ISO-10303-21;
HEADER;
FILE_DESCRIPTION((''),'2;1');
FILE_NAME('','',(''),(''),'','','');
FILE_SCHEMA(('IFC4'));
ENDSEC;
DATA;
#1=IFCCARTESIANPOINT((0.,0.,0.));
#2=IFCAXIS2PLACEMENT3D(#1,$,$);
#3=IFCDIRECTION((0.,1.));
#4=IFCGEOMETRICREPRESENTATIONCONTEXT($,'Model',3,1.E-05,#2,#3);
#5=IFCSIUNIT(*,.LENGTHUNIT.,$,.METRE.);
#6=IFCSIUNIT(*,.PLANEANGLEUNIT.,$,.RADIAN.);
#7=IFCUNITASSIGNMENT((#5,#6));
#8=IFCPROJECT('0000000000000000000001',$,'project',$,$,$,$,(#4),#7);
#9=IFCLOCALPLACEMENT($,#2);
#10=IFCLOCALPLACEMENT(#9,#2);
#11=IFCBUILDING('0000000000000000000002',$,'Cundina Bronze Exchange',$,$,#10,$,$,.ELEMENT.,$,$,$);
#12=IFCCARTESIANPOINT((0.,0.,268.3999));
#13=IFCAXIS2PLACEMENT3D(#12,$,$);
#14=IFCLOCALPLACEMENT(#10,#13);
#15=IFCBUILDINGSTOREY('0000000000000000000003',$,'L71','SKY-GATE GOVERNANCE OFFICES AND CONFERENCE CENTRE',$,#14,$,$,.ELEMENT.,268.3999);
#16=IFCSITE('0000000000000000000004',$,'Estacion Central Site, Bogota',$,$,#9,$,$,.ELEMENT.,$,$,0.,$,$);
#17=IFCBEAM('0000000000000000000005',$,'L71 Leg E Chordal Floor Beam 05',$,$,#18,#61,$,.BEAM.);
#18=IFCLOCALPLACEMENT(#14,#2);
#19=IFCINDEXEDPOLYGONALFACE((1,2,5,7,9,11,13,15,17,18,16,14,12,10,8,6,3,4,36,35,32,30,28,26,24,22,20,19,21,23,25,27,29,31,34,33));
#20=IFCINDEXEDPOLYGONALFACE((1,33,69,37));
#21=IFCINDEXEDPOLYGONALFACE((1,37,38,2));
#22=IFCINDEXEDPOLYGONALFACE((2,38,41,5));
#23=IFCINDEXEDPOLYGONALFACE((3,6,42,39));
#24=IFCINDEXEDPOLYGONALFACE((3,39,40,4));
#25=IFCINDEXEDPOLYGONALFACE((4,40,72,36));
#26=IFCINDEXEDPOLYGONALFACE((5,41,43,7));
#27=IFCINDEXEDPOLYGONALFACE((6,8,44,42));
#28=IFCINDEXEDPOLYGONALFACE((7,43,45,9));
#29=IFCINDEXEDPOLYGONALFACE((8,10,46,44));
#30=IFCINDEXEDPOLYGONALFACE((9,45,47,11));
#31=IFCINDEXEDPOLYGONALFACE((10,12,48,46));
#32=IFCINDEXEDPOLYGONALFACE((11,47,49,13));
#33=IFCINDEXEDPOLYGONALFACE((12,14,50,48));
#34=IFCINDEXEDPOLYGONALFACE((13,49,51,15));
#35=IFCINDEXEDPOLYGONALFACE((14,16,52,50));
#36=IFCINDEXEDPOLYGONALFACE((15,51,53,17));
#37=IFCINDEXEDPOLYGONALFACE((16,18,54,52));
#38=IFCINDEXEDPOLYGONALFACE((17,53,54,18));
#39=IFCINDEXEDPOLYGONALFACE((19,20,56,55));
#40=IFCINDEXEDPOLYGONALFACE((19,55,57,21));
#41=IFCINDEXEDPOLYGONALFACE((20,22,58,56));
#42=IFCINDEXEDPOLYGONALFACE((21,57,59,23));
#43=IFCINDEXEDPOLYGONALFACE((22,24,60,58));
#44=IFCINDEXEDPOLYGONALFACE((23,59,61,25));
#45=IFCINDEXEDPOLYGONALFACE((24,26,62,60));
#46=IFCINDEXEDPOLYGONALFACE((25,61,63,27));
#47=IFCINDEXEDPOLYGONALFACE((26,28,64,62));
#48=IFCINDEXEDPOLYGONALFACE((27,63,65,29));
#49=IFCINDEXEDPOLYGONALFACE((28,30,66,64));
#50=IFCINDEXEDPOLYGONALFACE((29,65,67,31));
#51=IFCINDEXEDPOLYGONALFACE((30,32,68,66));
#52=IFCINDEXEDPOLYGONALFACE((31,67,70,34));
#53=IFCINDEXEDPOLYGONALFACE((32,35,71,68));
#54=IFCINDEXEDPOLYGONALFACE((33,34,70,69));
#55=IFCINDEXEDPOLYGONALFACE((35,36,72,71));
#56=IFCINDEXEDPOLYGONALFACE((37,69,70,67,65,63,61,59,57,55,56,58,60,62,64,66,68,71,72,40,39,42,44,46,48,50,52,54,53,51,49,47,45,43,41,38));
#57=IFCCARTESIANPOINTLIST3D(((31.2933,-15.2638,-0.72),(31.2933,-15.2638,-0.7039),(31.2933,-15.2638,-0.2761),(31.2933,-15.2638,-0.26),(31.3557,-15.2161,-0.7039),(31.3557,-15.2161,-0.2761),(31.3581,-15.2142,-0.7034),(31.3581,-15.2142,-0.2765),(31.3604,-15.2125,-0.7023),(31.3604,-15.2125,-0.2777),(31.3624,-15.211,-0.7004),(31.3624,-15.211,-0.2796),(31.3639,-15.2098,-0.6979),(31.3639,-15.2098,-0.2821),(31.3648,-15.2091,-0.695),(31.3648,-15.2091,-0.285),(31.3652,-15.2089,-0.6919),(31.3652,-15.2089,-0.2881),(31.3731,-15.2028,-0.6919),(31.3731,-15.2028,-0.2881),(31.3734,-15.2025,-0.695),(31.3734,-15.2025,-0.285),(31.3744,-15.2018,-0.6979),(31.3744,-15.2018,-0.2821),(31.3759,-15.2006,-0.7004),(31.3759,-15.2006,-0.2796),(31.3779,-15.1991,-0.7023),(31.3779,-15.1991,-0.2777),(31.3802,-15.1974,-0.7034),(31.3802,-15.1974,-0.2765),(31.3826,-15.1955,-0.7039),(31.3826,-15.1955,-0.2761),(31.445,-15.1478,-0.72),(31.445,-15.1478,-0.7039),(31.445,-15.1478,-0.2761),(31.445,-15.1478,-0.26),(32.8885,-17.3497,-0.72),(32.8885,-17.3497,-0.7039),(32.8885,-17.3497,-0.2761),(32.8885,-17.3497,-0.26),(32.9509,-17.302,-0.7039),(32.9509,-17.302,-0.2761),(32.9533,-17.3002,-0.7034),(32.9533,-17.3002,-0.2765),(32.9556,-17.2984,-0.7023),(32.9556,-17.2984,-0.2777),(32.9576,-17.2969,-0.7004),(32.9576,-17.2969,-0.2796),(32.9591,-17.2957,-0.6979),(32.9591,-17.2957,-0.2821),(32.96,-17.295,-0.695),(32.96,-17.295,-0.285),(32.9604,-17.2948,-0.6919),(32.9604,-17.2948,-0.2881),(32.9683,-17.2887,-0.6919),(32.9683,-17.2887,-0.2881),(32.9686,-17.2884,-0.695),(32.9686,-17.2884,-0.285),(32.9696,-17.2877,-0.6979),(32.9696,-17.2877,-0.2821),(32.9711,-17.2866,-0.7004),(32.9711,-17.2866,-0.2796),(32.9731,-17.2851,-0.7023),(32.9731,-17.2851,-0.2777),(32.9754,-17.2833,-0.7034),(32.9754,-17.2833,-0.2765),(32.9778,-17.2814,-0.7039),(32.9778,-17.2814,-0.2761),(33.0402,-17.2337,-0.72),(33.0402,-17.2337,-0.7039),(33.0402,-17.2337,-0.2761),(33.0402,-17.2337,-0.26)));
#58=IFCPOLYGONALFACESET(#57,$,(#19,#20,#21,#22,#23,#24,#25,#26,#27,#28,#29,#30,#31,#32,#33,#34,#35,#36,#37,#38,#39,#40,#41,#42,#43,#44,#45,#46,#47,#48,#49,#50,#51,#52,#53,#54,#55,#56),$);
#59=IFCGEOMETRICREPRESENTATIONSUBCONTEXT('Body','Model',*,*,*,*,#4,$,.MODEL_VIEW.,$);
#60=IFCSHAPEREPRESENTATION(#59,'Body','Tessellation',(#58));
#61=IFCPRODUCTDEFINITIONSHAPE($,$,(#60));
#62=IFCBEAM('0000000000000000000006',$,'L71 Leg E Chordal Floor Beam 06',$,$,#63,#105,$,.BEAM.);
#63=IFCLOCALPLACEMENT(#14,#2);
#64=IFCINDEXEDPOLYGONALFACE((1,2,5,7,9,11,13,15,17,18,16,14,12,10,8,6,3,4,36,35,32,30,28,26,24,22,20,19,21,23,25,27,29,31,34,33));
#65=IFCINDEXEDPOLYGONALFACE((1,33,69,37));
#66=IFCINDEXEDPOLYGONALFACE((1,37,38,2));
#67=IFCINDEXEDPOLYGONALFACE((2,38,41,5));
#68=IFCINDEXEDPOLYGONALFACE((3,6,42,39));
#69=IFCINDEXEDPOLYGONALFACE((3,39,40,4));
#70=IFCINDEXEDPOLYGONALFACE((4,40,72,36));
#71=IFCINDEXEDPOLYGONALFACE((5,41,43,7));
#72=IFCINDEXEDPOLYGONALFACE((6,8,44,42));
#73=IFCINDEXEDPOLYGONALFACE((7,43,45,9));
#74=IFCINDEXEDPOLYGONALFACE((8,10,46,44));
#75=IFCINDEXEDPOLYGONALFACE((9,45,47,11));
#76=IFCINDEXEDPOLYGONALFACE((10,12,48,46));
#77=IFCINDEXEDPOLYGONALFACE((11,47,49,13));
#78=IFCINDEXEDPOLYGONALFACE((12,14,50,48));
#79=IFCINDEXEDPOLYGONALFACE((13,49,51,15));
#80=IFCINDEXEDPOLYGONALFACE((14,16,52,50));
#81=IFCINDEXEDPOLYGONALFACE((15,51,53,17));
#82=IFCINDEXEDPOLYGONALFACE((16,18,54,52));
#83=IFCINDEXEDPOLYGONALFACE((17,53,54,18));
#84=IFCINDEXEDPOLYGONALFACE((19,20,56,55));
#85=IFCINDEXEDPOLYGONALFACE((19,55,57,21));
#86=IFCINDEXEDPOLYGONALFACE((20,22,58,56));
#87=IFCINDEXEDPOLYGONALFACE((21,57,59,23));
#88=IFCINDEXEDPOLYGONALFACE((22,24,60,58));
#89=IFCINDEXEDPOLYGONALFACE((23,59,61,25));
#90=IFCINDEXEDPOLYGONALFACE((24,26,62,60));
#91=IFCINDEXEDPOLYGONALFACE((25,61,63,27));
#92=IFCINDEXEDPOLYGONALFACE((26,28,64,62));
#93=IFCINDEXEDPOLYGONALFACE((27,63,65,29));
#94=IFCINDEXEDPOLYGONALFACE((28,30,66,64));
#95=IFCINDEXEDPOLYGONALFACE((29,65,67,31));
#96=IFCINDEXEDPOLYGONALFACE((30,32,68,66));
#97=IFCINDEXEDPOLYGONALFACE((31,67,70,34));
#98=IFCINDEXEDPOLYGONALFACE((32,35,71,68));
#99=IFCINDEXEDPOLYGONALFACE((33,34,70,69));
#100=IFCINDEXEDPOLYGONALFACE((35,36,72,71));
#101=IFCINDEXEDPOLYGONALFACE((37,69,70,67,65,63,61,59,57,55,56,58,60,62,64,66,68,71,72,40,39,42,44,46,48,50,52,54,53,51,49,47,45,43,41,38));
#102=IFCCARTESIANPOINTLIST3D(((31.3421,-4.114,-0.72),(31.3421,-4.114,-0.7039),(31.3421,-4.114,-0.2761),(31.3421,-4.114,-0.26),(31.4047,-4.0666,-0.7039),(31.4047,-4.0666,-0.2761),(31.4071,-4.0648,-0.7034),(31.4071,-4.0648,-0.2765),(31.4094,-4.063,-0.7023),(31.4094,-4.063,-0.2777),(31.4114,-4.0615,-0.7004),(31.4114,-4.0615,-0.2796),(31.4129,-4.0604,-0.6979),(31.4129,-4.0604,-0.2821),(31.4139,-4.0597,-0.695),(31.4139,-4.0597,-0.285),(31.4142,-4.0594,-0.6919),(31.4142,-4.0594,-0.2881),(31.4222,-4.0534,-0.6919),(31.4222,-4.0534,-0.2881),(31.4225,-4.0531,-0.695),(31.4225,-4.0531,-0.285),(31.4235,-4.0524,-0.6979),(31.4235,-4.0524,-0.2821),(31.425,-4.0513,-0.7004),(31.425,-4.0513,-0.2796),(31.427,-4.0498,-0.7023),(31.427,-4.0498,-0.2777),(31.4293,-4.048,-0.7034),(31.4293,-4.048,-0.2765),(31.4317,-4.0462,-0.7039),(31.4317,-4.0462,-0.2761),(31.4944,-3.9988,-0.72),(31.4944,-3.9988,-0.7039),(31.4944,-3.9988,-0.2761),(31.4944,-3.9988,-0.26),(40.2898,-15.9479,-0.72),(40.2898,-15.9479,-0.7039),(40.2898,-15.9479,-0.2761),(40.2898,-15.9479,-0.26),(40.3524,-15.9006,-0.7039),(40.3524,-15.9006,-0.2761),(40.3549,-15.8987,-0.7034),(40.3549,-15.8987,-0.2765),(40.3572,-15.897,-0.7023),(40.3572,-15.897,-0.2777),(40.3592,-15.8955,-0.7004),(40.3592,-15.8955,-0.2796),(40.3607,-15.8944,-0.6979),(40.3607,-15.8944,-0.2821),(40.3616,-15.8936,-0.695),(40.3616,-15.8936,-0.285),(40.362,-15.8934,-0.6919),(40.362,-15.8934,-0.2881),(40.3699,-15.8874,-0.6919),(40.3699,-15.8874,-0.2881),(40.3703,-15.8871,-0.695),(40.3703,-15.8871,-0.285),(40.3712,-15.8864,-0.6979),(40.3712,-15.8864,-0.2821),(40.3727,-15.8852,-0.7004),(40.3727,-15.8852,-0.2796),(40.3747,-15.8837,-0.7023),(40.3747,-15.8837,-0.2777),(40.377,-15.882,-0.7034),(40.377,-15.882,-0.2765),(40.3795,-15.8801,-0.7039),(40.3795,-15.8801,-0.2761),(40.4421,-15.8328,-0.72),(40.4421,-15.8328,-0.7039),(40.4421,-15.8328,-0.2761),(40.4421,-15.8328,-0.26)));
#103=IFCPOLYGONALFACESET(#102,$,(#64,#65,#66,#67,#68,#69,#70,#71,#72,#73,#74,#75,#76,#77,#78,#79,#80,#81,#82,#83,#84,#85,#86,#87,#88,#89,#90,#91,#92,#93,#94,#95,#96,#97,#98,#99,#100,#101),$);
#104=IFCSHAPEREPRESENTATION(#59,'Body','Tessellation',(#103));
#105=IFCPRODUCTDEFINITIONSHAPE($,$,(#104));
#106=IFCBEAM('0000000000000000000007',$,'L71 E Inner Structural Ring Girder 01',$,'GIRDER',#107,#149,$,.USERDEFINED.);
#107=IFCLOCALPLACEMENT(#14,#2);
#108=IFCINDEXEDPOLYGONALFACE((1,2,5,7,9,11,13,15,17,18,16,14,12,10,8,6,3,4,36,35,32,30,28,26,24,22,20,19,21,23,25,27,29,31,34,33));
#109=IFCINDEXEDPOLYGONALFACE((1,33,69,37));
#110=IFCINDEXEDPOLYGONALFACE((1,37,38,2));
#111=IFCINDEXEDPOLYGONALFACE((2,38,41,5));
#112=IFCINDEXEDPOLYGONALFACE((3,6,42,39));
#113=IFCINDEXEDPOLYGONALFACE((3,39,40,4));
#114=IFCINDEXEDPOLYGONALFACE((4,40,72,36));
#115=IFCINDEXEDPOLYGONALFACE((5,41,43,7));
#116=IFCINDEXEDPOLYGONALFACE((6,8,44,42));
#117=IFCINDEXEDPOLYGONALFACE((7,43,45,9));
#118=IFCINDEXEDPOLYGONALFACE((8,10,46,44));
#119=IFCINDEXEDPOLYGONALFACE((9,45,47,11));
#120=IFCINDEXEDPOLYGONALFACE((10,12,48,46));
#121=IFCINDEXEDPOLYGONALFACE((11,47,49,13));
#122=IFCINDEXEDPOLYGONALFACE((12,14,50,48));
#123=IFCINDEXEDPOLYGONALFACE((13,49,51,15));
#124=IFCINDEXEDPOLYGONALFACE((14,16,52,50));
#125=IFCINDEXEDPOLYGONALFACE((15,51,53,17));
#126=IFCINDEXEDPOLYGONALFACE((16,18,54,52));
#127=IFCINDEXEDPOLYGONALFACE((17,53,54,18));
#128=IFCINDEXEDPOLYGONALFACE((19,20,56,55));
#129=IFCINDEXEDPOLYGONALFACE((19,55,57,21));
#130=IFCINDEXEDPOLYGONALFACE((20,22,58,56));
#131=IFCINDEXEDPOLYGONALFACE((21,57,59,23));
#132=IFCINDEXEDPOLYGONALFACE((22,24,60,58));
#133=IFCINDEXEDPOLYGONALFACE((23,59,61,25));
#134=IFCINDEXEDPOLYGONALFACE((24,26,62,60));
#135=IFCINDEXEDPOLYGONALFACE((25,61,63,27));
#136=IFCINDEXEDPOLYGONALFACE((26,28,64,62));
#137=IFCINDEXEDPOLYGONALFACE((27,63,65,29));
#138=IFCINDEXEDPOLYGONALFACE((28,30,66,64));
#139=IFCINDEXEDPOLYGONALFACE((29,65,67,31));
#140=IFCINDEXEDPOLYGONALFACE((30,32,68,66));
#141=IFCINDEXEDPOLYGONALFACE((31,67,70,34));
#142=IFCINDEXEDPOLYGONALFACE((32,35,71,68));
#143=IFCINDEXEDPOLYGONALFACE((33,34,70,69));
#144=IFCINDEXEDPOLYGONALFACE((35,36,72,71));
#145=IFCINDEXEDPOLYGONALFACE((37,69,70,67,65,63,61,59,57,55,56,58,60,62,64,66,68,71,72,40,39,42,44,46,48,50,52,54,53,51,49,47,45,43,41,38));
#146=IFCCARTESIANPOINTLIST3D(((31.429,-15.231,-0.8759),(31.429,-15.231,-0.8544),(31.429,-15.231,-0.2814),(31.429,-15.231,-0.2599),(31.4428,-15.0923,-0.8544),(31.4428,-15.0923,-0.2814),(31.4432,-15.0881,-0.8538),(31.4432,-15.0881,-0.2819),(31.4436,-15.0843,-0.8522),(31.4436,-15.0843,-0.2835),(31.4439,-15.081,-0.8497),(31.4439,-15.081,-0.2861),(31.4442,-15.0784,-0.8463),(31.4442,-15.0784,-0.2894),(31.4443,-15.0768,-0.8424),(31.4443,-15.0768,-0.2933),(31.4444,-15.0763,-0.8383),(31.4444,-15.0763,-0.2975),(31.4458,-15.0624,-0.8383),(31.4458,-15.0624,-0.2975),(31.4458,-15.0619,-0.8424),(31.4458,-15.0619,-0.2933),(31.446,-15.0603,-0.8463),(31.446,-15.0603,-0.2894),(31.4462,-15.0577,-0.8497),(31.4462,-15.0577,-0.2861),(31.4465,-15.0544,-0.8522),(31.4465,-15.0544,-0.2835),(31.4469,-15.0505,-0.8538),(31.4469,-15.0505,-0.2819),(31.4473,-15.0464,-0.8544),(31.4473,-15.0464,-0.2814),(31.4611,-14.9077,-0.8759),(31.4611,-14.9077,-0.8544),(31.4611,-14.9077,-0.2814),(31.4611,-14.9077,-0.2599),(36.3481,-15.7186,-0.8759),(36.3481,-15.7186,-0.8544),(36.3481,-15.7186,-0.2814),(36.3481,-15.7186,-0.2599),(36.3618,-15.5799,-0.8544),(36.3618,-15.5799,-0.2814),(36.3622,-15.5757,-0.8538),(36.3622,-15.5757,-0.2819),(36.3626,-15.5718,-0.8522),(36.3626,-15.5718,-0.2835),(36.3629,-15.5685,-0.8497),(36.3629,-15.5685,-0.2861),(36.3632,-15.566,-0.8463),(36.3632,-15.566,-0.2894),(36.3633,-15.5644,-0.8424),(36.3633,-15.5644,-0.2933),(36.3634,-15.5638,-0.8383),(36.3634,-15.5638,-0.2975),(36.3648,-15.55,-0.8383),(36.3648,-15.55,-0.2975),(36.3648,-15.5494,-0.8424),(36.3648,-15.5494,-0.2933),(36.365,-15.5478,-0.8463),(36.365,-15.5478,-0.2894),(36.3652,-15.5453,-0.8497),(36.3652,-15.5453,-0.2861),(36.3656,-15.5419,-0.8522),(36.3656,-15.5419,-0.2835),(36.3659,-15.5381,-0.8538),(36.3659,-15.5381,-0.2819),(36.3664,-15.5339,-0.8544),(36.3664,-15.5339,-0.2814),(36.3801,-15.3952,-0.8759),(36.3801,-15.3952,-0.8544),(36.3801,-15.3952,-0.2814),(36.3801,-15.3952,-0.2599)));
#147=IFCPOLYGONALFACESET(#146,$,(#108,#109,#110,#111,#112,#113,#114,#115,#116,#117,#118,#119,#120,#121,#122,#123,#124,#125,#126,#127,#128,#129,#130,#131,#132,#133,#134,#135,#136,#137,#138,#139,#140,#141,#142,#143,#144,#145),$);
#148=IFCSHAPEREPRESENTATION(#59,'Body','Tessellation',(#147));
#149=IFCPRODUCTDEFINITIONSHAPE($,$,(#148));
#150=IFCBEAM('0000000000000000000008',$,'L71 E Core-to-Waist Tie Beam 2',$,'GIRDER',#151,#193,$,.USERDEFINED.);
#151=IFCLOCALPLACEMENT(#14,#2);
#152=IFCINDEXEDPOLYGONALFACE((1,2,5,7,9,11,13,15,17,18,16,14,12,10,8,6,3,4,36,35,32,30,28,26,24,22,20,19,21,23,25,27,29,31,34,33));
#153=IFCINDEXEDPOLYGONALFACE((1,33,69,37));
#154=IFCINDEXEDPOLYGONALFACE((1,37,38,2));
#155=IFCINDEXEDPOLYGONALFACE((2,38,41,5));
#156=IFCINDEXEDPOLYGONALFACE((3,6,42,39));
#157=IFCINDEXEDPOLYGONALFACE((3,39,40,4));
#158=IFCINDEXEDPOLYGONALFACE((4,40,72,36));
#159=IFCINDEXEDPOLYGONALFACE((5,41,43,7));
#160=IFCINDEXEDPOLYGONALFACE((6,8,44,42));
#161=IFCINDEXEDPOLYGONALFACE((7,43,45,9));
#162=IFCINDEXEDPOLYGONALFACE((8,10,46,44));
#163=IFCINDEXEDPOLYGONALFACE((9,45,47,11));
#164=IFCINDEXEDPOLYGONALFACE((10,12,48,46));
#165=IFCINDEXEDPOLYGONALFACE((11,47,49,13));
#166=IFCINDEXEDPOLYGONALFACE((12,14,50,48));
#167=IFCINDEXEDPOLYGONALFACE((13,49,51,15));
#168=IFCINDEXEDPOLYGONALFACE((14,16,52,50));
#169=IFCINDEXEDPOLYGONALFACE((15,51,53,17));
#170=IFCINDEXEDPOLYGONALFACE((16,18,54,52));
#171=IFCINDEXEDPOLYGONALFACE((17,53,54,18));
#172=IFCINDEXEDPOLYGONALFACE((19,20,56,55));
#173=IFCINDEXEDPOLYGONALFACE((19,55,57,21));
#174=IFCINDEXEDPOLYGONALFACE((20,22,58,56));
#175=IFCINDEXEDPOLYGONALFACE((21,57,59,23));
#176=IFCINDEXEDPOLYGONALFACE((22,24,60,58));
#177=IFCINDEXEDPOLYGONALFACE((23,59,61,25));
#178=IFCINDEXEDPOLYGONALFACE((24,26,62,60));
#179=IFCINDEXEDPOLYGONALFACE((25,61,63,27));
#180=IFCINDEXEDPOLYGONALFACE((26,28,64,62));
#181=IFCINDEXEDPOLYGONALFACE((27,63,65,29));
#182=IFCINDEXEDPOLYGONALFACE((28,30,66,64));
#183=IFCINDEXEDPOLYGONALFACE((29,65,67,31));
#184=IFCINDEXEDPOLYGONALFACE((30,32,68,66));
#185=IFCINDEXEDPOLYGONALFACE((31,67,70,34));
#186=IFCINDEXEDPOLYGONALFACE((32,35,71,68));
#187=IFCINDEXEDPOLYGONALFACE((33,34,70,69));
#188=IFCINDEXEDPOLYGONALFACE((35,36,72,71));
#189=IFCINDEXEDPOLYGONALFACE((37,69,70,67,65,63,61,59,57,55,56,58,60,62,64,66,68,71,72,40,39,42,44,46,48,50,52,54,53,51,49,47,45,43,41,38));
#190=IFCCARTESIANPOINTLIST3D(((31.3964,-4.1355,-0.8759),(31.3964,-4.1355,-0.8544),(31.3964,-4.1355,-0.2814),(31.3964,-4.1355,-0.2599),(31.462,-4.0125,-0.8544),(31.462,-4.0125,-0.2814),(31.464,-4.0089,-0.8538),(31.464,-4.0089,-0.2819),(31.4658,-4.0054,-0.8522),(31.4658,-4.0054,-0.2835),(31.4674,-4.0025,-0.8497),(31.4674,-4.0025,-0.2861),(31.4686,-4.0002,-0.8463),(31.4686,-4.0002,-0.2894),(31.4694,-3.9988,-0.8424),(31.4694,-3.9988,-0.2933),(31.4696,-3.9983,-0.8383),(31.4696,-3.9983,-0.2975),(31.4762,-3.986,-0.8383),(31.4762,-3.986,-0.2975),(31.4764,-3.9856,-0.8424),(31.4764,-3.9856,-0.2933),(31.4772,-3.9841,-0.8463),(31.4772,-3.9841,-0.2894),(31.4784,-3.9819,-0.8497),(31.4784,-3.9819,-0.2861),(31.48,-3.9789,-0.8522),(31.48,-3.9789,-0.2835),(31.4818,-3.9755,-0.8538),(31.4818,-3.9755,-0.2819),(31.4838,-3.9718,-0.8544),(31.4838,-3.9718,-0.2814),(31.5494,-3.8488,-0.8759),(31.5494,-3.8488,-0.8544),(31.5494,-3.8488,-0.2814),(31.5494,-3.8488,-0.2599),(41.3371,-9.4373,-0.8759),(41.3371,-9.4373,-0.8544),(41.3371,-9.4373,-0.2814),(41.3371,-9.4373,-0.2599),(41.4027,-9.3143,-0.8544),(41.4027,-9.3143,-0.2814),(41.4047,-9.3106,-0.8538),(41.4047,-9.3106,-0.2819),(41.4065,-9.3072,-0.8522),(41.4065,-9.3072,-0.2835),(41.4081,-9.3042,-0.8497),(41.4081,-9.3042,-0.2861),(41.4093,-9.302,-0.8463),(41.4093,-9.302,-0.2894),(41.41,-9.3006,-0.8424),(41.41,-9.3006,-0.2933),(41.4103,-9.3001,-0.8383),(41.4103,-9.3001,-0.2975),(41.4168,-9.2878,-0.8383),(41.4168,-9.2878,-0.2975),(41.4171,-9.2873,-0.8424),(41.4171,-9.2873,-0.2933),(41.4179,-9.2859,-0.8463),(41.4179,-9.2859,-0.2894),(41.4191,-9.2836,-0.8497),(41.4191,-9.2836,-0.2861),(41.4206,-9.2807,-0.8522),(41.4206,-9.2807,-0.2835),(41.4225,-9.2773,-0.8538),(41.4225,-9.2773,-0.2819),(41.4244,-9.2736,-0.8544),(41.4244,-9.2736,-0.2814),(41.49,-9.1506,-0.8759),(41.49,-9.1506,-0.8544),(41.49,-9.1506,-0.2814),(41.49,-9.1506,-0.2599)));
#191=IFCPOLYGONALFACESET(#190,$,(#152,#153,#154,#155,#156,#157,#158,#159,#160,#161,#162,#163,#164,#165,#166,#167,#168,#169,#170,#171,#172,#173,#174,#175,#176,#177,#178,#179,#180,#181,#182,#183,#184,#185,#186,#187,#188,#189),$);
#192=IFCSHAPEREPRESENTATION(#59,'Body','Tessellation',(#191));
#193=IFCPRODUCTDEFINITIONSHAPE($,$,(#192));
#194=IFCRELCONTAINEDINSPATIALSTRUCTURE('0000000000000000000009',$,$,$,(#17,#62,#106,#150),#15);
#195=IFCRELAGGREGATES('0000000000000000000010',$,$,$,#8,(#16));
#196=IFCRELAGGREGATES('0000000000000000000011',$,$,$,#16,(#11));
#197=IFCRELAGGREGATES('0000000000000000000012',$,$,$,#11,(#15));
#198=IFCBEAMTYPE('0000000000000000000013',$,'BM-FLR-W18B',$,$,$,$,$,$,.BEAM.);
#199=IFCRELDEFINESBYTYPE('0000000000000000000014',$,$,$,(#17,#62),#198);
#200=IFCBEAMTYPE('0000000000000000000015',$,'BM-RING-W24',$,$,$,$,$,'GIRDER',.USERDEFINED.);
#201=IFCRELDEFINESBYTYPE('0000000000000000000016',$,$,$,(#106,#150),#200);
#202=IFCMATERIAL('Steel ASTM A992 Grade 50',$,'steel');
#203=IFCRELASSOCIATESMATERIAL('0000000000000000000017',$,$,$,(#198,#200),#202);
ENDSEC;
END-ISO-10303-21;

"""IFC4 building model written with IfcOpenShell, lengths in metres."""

from ifc_helpers import new_model, si_unit, direction, frame, origin, origin_2d, place, context, subcontext, project, spatial, i_section, extrude, material, material_profile, profile_set, type_object, element, save


model = new_model("IFC4")

# Units and contexts
model_context = context("Model", 3, precision=1e-05, world=origin(), true_north=direction((0.0, 1.0)))
body_context = subcontext(model_context, "Body", "Model", "MODEL_VIEW")
ifc_project = project(units=[si_unit("LENGTHUNIT", "METRE"), si_unit("PLANEANGLEUNIT", "RADIAN")], contexts=[model_context])

# Site, building, storey
site_placement = place(None, origin())
site = spatial("IfcSite", under=ifc_project, at=site_placement, Name="Estacion Central Site, Bogota", CompositionType="ELEMENT", RefElevation=0.0)
building_placement = place(site_placement, origin())
building = spatial("IfcBuilding", under=site, at=building_placement, Name="Cundina Bronze Exchange", CompositionType="ELEMENT")
storey_placement = place(building_placement, frame((0.0, 0.0, 268.3999)))
storey = spatial("IfcBuildingStorey", under=building, at=storey_placement, Name="L71", Description="SKY-GATE GOVERNANCE OFFICES AND CONFERENCE CENTRE", CompositionType="ELEMENT", Elevation=268.3999)

# Shared definitions
ifc_material_1 = material(Name="Steel ASTM A992 Grade 50", Category="steel")

# Beams
ifc_material_profile_1 = material_profile(ifc_material_1, i_section(OverallWidth=0.1909, OverallDepth=0.46, WebThickness=0.01, FlangeThickness=0.0161, FilletRadius=0.012, at=origin_2d()), Name="W18X55", Category="steel")
ifc_profile_set_1 = profile_set([ifc_material_profile_1], Name="Steel ASTM A992 Grade 50")
beam_type_1 = type_object("IfcBeamType", Name="BM-FLR-W18B", PredefinedType="BEAM", material=ifc_profile_set_1)
beam_1_placement = place(storey_placement, frame((31.3691, -15.2058, -0.49), z_axis=(0.607471, -0.794342, 0.0), x_axis=(0.794342, 0.607471, 0.0)))
element("IfcBeam", 1, at=beam_1_placement, inside=storey, type_object=beam_type_1, Name="L71 Leg E Chordal Floor Beam 05", PredefinedType="BEAM", context=body_context, shape_type="SweptSolid", body=[
    extrude(i_section(OverallWidth=0.1909, OverallDepth=0.46, WebThickness=0.01, FlangeThickness=0.0161, FilletRadius=0.012, at=origin_2d()), origin(), (0.0, 0.0, 1.0), 2.626),
])
beam_2_placement = place(storey_placement, frame((31.4182, -4.0564, -0.49), z_axis=(0.603113, -0.797656, 0.0), x_axis=(0.797656, 0.603113, 0.0)))
element("IfcBeam", 2, at=beam_2_placement, inside=storey, type_object=beam_type_1, Name="L71 Leg E Chordal Floor Beam 06", PredefinedType="BEAM", context=body_context, shape_type="SweptSolid", body=[
    extrude(i_section(OverallWidth=0.1909, OverallDepth=0.46, WebThickness=0.01, FlangeThickness=0.0161, FilletRadius=0.012, at=origin_2d()), origin(), (0.0, 0.0, 1.0), 14.8359),
])
ifc_material_profile_2 = material_profile(ifc_material_1, i_section(OverallWidth=0.325, OverallDepth=0.616, WebThickness=0.0139, FlangeThickness=0.0215, FilletRadius=0.0161, at=origin_2d()), Name="W24X117", Category="steel")
ifc_profile_set_2 = profile_set([ifc_material_profile_2], Name="Steel ASTM A992 Grade 50")
beam_type_2 = type_object("IfcBeamType", Name="BM-RING-W24", ElementType="GIRDER", PredefinedType="USERDEFINED", material=ifc_profile_set_2)
beam_3_placement = place(storey_placement, frame((31.4451, -15.0693, -0.5679), z_axis=(0.995124, -0.098633, 0.0), x_axis=(0.098633, 0.995124, 0.0)))
element("IfcBeam", 3, at=beam_3_placement, inside=storey, type_object=beam_type_2, Name="L71 E Inner Structural Ring Girder 01", ObjectType="GIRDER", PredefinedType="USERDEFINED", context=body_context, shape_type="SweptSolid", body=[
    extrude(i_section(OverallWidth=0.325, OverallDepth=0.616, WebThickness=0.0139, FlangeThickness=0.0215, FilletRadius=0.0161, at=origin_2d()), origin(), (0.0, 0.0, 1.0), 4.9431),
])
beam_4_placement = place(storey_placement, frame((31.4729, -3.9922, -0.5679), z_axis=(0.882351, -0.470593, 0.0), x_axis=(0.470593, 0.882351, 0.0)))
element("IfcBeam", 4, at=beam_4_placement, inside=storey, type_object=beam_type_2, Name="L71 E Core-to-Waist Tie Beam 2", ObjectType="GIRDER", PredefinedType="USERDEFINED", context=body_context, shape_type="SweptSolid", body=[
    extrude(i_section(OverallWidth=0.325, OverallDepth=0.616, WebThickness=0.0139, FlangeThickness=0.0215, FilletRadius=0.0161, at=origin_2d()), origin(), (0.0, 0.0, 1.0), 11.2661),
])

save(model, "model.ifc")
